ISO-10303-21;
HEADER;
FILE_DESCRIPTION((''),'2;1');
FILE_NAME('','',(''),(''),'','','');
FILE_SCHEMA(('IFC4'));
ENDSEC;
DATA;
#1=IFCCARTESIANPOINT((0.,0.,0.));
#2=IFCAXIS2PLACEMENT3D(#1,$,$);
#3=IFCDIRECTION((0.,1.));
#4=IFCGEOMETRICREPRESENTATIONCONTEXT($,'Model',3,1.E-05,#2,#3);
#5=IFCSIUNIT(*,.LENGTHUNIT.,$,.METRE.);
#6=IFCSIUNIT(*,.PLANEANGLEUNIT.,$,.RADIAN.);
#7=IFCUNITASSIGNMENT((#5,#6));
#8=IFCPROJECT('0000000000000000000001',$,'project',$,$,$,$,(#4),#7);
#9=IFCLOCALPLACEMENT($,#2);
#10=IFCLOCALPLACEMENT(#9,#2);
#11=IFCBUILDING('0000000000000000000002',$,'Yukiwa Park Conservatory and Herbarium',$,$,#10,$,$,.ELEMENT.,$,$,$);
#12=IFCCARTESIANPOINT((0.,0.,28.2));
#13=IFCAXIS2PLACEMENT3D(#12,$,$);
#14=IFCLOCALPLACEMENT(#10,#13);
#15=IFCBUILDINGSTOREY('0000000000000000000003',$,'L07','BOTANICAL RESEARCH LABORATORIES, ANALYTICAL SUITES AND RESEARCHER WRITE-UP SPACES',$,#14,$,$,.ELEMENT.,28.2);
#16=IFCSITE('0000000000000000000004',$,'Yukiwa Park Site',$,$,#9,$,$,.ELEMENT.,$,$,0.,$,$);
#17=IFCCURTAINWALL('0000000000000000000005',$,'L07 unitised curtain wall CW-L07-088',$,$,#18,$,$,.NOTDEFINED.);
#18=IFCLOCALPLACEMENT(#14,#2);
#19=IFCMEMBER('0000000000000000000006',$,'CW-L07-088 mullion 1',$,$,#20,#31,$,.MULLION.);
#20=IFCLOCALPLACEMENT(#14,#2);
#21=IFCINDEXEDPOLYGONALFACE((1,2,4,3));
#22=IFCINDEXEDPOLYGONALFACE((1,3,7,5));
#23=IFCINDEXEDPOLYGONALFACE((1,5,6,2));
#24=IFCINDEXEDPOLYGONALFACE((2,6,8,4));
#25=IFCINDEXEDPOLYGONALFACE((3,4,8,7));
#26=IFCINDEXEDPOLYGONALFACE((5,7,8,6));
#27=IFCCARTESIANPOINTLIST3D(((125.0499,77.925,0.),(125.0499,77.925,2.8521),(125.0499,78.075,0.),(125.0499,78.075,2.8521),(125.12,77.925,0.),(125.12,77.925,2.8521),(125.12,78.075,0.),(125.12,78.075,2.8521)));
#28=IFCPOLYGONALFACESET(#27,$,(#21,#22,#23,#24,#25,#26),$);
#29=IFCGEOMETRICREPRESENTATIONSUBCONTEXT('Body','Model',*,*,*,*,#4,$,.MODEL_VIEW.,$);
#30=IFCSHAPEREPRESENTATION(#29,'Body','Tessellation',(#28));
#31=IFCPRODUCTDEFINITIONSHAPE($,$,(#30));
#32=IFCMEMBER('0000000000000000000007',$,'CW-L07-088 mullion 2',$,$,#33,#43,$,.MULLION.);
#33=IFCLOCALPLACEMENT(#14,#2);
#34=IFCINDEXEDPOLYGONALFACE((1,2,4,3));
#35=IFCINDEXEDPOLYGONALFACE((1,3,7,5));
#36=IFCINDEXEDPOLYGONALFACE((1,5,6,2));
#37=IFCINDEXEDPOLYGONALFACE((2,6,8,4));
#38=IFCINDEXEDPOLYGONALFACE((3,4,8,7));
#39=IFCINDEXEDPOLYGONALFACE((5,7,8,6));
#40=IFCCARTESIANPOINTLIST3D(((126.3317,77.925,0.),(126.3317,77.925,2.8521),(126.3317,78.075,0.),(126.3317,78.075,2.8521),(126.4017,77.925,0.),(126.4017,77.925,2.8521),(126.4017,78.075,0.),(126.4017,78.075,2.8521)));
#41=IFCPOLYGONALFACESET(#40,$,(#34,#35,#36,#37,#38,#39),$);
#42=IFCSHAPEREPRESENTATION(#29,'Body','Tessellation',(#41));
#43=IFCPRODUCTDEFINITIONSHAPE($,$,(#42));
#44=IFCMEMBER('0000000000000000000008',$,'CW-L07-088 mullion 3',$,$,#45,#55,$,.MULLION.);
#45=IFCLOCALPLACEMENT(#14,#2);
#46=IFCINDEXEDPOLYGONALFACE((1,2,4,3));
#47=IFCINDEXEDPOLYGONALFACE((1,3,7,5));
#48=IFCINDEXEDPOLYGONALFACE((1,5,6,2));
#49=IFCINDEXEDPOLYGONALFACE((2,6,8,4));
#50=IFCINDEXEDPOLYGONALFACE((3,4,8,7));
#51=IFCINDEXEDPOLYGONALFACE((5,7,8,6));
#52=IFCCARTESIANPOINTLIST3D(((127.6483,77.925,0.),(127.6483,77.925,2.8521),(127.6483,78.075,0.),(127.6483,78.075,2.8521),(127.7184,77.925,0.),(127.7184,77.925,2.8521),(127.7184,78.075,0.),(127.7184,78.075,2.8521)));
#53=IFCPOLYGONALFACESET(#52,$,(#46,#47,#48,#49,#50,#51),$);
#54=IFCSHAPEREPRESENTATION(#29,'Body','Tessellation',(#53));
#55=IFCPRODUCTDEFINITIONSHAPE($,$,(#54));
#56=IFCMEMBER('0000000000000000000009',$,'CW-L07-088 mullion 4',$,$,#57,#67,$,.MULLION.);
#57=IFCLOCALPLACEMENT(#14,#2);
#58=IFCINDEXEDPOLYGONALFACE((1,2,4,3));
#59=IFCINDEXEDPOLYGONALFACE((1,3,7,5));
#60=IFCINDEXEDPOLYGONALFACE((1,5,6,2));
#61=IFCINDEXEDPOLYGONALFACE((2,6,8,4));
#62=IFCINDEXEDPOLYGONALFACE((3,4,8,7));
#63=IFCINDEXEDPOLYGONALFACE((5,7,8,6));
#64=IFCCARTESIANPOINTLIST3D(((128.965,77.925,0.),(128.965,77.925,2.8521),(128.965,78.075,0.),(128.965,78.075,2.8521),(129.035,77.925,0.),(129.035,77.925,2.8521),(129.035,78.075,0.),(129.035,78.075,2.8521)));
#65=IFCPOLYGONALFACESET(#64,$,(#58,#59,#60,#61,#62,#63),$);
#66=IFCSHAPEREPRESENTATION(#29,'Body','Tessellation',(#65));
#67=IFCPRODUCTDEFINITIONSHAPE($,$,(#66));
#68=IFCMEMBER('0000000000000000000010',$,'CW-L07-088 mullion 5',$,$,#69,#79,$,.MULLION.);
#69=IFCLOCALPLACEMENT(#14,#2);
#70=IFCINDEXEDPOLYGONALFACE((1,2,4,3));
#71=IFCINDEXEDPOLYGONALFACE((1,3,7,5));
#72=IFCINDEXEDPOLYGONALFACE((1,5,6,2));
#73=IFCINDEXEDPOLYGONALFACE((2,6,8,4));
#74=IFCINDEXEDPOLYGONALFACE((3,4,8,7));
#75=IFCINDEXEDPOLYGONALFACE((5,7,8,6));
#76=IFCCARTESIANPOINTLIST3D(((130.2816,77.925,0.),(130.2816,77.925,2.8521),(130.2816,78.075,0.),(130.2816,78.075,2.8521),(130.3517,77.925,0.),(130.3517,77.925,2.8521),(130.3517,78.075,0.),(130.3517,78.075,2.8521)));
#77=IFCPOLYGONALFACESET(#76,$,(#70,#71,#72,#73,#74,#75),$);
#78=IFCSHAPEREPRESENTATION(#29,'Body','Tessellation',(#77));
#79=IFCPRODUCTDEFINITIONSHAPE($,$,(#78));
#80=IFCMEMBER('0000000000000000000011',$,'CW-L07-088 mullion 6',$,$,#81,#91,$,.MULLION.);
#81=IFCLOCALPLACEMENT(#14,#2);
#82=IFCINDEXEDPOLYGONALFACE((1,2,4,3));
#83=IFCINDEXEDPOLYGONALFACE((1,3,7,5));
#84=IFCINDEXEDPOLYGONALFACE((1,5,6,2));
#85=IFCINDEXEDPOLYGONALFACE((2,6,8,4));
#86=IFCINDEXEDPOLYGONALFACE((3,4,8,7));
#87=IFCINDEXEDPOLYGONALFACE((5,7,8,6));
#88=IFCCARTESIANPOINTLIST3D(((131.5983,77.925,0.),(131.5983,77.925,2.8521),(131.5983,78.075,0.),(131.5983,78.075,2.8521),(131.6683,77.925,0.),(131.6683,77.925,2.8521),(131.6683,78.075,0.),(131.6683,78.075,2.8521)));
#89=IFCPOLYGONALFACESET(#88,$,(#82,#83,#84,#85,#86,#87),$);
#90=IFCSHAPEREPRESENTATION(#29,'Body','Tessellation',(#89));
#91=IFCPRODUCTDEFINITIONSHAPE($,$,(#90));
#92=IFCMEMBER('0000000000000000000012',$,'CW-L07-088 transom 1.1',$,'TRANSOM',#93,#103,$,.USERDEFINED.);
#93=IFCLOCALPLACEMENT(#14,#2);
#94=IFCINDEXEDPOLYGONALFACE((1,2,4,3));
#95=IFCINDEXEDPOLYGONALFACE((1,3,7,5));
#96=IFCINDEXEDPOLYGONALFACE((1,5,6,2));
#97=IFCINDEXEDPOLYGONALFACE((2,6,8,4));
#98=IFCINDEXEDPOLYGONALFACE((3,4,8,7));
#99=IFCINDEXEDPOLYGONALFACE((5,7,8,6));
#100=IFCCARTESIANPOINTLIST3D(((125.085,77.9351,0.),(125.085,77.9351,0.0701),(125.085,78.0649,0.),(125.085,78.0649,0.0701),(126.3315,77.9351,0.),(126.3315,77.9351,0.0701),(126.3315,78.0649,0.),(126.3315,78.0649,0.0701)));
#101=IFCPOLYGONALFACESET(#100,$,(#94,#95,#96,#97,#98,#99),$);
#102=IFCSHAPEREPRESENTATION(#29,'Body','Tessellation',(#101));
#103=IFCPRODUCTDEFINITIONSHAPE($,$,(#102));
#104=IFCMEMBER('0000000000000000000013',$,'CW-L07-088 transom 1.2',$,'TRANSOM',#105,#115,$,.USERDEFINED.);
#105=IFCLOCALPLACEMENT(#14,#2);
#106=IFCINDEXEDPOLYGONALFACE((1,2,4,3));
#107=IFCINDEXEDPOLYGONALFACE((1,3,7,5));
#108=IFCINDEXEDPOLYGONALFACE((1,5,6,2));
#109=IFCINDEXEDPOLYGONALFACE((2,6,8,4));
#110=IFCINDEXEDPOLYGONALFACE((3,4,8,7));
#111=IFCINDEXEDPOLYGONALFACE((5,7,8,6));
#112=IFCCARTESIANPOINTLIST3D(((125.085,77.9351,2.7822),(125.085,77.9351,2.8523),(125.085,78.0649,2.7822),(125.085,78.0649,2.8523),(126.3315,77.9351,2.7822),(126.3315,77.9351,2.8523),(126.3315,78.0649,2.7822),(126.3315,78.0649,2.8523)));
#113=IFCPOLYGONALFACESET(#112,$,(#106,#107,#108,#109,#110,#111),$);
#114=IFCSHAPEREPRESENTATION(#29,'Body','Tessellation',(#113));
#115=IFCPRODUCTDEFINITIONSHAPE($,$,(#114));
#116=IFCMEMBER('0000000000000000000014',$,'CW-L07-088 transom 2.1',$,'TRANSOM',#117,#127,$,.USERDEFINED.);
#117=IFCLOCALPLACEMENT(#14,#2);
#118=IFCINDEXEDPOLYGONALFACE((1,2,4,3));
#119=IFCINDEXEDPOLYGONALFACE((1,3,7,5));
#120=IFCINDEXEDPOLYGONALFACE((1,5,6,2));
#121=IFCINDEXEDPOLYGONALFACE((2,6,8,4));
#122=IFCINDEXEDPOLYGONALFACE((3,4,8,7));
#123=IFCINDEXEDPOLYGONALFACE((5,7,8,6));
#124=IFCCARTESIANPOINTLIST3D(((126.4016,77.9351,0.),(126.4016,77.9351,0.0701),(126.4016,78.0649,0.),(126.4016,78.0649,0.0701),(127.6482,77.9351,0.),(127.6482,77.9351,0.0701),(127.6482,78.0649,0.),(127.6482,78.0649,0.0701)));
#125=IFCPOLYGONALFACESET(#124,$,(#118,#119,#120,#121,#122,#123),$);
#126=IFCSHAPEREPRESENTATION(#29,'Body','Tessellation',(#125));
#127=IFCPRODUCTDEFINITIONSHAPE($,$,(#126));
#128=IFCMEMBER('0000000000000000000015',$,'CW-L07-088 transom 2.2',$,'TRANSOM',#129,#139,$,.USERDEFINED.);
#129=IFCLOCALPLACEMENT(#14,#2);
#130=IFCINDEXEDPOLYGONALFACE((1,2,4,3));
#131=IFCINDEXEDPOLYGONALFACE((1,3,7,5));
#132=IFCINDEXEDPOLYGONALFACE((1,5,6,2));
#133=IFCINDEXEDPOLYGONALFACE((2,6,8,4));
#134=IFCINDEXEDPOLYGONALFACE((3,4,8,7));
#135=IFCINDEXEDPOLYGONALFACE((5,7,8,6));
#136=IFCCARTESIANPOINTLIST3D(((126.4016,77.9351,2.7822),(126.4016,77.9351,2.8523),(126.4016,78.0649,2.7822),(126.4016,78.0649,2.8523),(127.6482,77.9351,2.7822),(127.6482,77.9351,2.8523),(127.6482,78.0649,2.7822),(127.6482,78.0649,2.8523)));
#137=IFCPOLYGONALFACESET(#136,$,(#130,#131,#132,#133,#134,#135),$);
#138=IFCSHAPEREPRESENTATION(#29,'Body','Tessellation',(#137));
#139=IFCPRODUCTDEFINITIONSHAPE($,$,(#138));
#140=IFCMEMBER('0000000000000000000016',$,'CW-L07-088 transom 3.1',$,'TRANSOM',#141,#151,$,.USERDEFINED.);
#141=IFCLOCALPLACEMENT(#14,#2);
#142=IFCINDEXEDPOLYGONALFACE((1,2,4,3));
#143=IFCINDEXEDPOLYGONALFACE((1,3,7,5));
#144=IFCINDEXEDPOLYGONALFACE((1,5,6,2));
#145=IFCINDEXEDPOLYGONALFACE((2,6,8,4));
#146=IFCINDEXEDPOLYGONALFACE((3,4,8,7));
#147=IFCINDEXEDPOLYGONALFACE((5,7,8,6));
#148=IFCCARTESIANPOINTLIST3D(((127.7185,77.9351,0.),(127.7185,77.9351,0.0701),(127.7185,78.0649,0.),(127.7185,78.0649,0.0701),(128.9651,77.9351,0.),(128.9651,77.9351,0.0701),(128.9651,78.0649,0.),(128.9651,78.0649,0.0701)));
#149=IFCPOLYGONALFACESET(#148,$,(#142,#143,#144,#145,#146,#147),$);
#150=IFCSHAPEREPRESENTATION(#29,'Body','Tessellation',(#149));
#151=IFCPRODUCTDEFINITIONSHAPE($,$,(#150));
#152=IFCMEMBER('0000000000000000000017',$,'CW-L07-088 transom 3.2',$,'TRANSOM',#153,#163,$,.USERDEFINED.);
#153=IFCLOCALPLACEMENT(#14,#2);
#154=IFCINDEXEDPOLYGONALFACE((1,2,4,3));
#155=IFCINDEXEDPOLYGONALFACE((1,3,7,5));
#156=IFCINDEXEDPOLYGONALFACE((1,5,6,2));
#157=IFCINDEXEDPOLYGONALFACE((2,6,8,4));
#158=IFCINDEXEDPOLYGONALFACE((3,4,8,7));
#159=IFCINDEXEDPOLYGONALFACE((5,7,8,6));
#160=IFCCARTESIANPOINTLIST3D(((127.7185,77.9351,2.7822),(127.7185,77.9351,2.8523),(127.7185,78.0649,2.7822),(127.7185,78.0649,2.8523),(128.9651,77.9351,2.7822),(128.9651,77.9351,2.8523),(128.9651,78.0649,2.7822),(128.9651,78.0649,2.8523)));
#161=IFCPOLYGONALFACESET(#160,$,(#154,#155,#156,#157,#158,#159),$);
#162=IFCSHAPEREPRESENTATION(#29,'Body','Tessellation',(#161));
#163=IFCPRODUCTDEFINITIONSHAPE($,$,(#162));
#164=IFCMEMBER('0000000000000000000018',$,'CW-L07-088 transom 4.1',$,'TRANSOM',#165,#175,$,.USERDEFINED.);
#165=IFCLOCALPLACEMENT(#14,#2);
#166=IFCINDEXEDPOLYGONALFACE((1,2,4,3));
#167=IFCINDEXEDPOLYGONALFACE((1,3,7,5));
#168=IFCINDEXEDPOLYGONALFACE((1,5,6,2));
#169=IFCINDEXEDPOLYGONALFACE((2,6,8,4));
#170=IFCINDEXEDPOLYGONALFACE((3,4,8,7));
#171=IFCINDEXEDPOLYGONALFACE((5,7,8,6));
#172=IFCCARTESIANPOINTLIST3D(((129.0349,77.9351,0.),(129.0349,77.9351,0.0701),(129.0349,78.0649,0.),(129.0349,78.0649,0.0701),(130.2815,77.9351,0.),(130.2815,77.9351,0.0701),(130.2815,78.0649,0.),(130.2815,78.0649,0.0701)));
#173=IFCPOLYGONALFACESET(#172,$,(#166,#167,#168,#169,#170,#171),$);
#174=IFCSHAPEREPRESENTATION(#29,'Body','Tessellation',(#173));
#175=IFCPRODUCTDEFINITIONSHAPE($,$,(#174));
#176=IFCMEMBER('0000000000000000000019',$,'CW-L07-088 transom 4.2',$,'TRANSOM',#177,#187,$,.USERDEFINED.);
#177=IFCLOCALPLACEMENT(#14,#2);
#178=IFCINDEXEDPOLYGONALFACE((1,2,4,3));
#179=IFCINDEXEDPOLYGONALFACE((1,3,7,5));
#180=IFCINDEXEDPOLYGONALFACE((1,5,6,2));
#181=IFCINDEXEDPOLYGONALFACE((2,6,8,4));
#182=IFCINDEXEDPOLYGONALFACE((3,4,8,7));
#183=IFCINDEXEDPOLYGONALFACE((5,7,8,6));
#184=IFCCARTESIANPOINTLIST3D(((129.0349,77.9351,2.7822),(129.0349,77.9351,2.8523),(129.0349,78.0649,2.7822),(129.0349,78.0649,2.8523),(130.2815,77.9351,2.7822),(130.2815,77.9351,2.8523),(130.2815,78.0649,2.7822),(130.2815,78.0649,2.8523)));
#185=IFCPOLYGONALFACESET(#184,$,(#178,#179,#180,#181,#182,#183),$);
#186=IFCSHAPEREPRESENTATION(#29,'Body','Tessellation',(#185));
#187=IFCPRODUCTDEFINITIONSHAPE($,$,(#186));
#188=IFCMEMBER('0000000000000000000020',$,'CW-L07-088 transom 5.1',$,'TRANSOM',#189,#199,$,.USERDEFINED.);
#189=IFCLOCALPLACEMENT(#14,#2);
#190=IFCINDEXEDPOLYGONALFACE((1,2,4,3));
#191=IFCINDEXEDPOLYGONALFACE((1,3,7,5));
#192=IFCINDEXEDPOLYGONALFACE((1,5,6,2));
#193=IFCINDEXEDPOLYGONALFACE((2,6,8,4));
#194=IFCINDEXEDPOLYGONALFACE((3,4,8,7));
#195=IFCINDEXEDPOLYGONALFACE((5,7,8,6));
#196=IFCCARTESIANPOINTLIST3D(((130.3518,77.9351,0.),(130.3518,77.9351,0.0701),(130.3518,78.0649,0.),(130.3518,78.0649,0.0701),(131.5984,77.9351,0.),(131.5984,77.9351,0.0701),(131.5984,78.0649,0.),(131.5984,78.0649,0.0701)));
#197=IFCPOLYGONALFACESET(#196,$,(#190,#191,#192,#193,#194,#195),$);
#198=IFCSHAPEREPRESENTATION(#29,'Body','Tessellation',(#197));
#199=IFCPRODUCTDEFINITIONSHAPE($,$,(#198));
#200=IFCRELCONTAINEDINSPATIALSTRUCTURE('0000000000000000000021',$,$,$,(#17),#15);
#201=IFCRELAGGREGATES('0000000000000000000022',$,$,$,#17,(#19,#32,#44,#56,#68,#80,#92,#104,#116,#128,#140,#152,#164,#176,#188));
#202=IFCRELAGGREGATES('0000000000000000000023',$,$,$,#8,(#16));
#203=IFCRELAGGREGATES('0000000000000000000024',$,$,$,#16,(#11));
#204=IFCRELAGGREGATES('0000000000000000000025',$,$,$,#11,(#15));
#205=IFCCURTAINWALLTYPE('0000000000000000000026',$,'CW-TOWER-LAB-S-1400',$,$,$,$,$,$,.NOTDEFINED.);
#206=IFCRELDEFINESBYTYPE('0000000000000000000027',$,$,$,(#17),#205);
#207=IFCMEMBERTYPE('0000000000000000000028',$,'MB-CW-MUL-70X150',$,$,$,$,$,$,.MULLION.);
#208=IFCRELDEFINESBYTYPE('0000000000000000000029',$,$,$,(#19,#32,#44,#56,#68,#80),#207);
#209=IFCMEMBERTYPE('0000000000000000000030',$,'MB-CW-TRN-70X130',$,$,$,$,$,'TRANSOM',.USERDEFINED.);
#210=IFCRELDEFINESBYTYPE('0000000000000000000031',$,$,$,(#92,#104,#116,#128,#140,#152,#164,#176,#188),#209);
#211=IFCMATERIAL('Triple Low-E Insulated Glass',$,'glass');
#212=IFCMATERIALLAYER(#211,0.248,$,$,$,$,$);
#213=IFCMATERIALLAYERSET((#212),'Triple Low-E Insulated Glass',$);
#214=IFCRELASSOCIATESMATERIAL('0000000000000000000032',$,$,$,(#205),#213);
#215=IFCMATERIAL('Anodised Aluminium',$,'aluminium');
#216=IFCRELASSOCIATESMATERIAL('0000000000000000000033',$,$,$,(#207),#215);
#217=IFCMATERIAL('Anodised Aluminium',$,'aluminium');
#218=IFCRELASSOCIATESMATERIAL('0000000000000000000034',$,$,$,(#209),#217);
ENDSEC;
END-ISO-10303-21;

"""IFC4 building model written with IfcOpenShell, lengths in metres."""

from ifc_helpers import new_model, si_unit, direction, frame, origin, origin_2d, place, context, subcontext, project, spatial, rectangle, extrude, material, layer, layer_set, type_object, element, aggregate, save


model = new_model("IFC4")

# Units and contexts
model_context = context("Model", 3, precision=1e-05, world=origin(), true_north=direction((0.0, 1.0)))
body_context = subcontext(model_context, "Body", "Model", "MODEL_VIEW")
ifc_project = project(units=[si_unit("LENGTHUNIT", "METRE"), si_unit("PLANEANGLEUNIT", "RADIAN")], contexts=[model_context])

# Site, building, storey
site_placement = place(None, origin())
site = spatial("IfcSite", under=ifc_project, at=site_placement, Name="Yukiwa Park Site", CompositionType="ELEMENT", RefElevation=0.0)
building_placement = place(site_placement, origin())
building = spatial("IfcBuilding", under=site, at=building_placement, Name="Yukiwa Park Conservatory and Herbarium", CompositionType="ELEMENT")
storey_placement = place(building_placement, frame((0.0, 0.0, 28.2)))
storey = spatial("IfcBuildingStorey", under=building, at=storey_placement, Name="L07", Description="BOTANICAL RESEARCH LABORATORIES, ANALYTICAL SUITES AND RESEARCHER WRITE-UP SPACES", CompositionType="ELEMENT", Elevation=28.2)

# Curtain wall, members
ifc_material_1 = material(Name="Triple Low-E Insulated Glass", Category="glass")
ifc_layer_1 = layer(ifc_material_1, 0.248)
ifc_layer_set_1 = layer_set([ifc_layer_1], Name="Triple Low-E Insulated Glass")
curtain_wall_type = type_object("IfcCurtainWallType", Name="CW-TOWER-LAB-S-1400", PredefinedType="NOTDEFINED", material=ifc_layer_set_1)
curtain_wall_placement = place(storey_placement, origin())
curtain_wall = element("IfcCurtainWall", 1, at=curtain_wall_placement, inside=storey, type_object=curtain_wall_type, Name="L07 unitised curtain wall CW-L07-088", PredefinedType="NOTDEFINED")
ifc_material_2 = material(Name="Anodised Aluminium", Category="aluminium")
member_type_1 = type_object("IfcMemberType", Name="MB-CW-MUL-70X150", PredefinedType="MULLION", material=ifc_material_2)
member_1_placement = place(storey_placement, frame((125.085, 78.0, 0.0), z_axis=(0.0, 0.0, 1.0), x_axis=(1.0, 0.0, 0.0)))
member_1 = element("IfcMember", 2, at=member_1_placement, type_object=member_type_1, Name="CW-L07-088 mullion 1", PredefinedType="MULLION", context=body_context, shape_type="SweptSolid", body=[
    extrude(rectangle(XDim=0.0701, YDim=0.1499, at=origin_2d()), origin(), (0.0, 0.0, 1.0), 2.8521),
])
member_2_placement = place(storey_placement, frame((126.3667, 78.0, 0.0), z_axis=(0.0, 0.0, 1.0), x_axis=(1.0, 0.0, 0.0)))
member_2 = element("IfcMember", 3, at=member_2_placement, type_object=member_type_1, Name="CW-L07-088 mullion 2", PredefinedType="MULLION", context=body_context, shape_type="SweptSolid", body=[
    extrude(rectangle(XDim=0.0701, YDim=0.1499, at=origin_2d()), origin(), (0.0, 0.0, 1.0), 2.8521),
])
member_3_placement = place(storey_placement, frame((127.6833, 78.0, 0.0), z_axis=(0.0, 0.0, 1.0), x_axis=(1.0, 0.0, 0.0)))
member_3 = element("IfcMember", 4, at=member_3_placement, type_object=member_type_1, Name="CW-L07-088 mullion 3", PredefinedType="MULLION", context=body_context, shape_type="SweptSolid", body=[
    extrude(rectangle(XDim=0.0701, YDim=0.1499, at=origin_2d()), origin(), (0.0, 0.0, 1.0), 2.8521),
])
member_4_placement = place(storey_placement, frame((129.0, 78.0, 0.0), z_axis=(0.0, 0.0, 1.0), x_axis=(1.0, 0.0, 0.0)))
member_4 = element("IfcMember", 5, at=member_4_placement, type_object=member_type_1, Name="CW-L07-088 mullion 4", PredefinedType="MULLION", context=body_context, shape_type="SweptSolid", body=[
    extrude(rectangle(XDim=0.0701, YDim=0.1499, at=origin_2d()), origin(), (0.0, 0.0, 1.0), 2.8521),
])
member_5_placement = place(storey_placement, frame((130.3167, 78.0, 0.0), z_axis=(0.0, 0.0, 1.0), x_axis=(1.0, 0.0, 0.0)))
member_5 = element("IfcMember", 6, at=member_5_placement, type_object=member_type_1, Name="CW-L07-088 mullion 5", PredefinedType="MULLION", context=body_context, shape_type="SweptSolid", body=[
    extrude(rectangle(XDim=0.0701, YDim=0.1499, at=origin_2d()), origin(), (0.0, 0.0, 1.0), 2.8521),
])
member_6_placement = place(storey_placement, frame((131.6333, 78.0, 0.0), z_axis=(0.0, 0.0, 1.0), x_axis=(1.0, 0.0, 0.0)))
member_6 = element("IfcMember", 7, at=member_6_placement, type_object=member_type_1, Name="CW-L07-088 mullion 6", PredefinedType="MULLION", context=body_context, shape_type="SweptSolid", body=[
    extrude(rectangle(XDim=0.0701, YDim=0.1499, at=origin_2d()), origin(), (0.0, 0.0, 1.0), 2.8521),
])
ifc_material_3 = material(Name="Anodised Aluminium", Category="aluminium")
member_type_2 = type_object("IfcMemberType", Name="MB-CW-TRN-70X130", ElementType="TRANSOM", PredefinedType="USERDEFINED", material=ifc_material_3)
member_7_placement = place(storey_placement, frame((125.7083, 78.0, 0.0), z_axis=(0.0, 0.0, 1.0), x_axis=(1.0, 0.0, 0.0)))
member_7 = element("IfcMember", 8, at=member_7_placement, type_object=member_type_2, Name="CW-L07-088 transom 1.1", ObjectType="TRANSOM", PredefinedType="USERDEFINED", context=body_context, shape_type="SweptSolid", body=[
    extrude(rectangle(XDim=1.2466, YDim=0.1299, at=origin_2d()), origin(), (0.0, 0.0, 1.0), 0.0701),
])
member_8_placement = place(storey_placement, frame((125.7083, 78.0, 2.7822), z_axis=(0.0, 0.0, 1.0), x_axis=(1.0, 0.0, 0.0)))
member_8 = element("IfcMember", 9, at=member_8_placement, type_object=member_type_2, Name="CW-L07-088 transom 1.2", ObjectType="TRANSOM", PredefinedType="USERDEFINED", context=body_context, shape_type="SweptSolid", body=[
    extrude(rectangle(XDim=1.2466, YDim=0.1299, at=origin_2d()), origin(), (0.0, 0.0, 1.0), 0.0701),
])
member_9_placement = place(storey_placement, frame((127.0249, 78.0, 0.0), z_axis=(0.0, 0.0, 1.0), x_axis=(1.0, 0.0, 0.0)))
member_9 = element("IfcMember", 10, at=member_9_placement, type_object=member_type_2, Name="CW-L07-088 transom 2.1", ObjectType="TRANSOM", PredefinedType="USERDEFINED", context=body_context, shape_type="SweptSolid", body=[
    extrude(rectangle(XDim=1.2466, YDim=0.1299, at=origin_2d()), origin(), (0.0, 0.0, 1.0), 0.0701),
])
member_10_placement = place(storey_placement, frame((127.0249, 78.0, 2.7822), z_axis=(0.0, 0.0, 1.0), x_axis=(1.0, 0.0, 0.0)))
member_10 = element("IfcMember", 11, at=member_10_placement, type_object=member_type_2, Name="CW-L07-088 transom 2.2", ObjectType="TRANSOM", PredefinedType="USERDEFINED", context=body_context, shape_type="SweptSolid", body=[
    extrude(rectangle(XDim=1.2466, YDim=0.1299, at=origin_2d()), origin(), (0.0, 0.0, 1.0), 0.0701),
])
member_11_placement = place(storey_placement, frame((128.3418, 78.0, 0.0), z_axis=(0.0, 0.0, 1.0), x_axis=(1.0, 0.0, 0.0)))
member_11 = element("IfcMember", 12, at=member_11_placement, type_object=member_type_2, Name="CW-L07-088 transom 3.1", ObjectType="TRANSOM", PredefinedType="USERDEFINED", context=body_context, shape_type="SweptSolid", body=[
    extrude(rectangle(XDim=1.2466, YDim=0.1299, at=origin_2d()), origin(), (0.0, 0.0, 1.0), 0.0701),
])
member_12_placement = place(storey_placement, frame((128.3418, 78.0, 2.7822), z_axis=(0.0, 0.0, 1.0), x_axis=(1.0, 0.0, 0.0)))
member_12 = element("IfcMember", 13, at=member_12_placement, type_object=member_type_2, Name="CW-L07-088 transom 3.2", ObjectType="TRANSOM", PredefinedType="USERDEFINED", context=body_context, shape_type="SweptSolid", body=[
    extrude(rectangle(XDim=1.2466, YDim=0.1299, at=origin_2d()), origin(), (0.0, 0.0, 1.0), 0.0701),
])
member_13_placement = place(storey_placement, frame((129.6582, 78.0, 0.0), z_axis=(0.0, 0.0, 1.0), x_axis=(1.0, 0.0, 0.0)))
member_13 = element("IfcMember", 14, at=member_13_placement, type_object=member_type_2, Name="CW-L07-088 transom 4.1", ObjectType="TRANSOM", PredefinedType="USERDEFINED", context=body_context, shape_type="SweptSolid", body=[
    extrude(rectangle(XDim=1.2466, YDim=0.1299, at=origin_2d()), origin(), (0.0, 0.0, 1.0), 0.0701),
])
member_14_placement = place(storey_placement, frame((129.6582, 78.0, 2.7822), z_axis=(0.0, 0.0, 1.0), x_axis=(1.0, 0.0, 0.0)))
member_14 = element("IfcMember", 15, at=member_14_placement, type_object=member_type_2, Name="CW-L07-088 transom 4.2", ObjectType="TRANSOM", PredefinedType="USERDEFINED", context=body_context, shape_type="SweptSolid", body=[
    extrude(rectangle(XDim=1.2466, YDim=0.1299, at=origin_2d()), origin(), (0.0, 0.0, 1.0), 0.0701),
])
member_15_placement = place(storey_placement, frame((130.9751, 78.0, 0.0), z_axis=(0.0, 0.0, 1.0), x_axis=(1.0, 0.0, 0.0)))
member_15 = element("IfcMember", 16, at=member_15_placement, type_object=member_type_2, Name="CW-L07-088 transom 5.1", ObjectType="TRANSOM", PredefinedType="USERDEFINED", context=body_context, shape_type="SweptSolid", body=[
    extrude(rectangle(XDim=1.2466, YDim=0.1299, at=origin_2d()), origin(), (0.0, 0.0, 1.0), 0.0701),
])
aggregate(curtain_wall, [member_1, member_2, member_3, member_4, member_5, member_6, member_7, member_8, member_9, member_10, member_11, member_12, member_13, member_14, member_15])

save(model, "model.ifc")
